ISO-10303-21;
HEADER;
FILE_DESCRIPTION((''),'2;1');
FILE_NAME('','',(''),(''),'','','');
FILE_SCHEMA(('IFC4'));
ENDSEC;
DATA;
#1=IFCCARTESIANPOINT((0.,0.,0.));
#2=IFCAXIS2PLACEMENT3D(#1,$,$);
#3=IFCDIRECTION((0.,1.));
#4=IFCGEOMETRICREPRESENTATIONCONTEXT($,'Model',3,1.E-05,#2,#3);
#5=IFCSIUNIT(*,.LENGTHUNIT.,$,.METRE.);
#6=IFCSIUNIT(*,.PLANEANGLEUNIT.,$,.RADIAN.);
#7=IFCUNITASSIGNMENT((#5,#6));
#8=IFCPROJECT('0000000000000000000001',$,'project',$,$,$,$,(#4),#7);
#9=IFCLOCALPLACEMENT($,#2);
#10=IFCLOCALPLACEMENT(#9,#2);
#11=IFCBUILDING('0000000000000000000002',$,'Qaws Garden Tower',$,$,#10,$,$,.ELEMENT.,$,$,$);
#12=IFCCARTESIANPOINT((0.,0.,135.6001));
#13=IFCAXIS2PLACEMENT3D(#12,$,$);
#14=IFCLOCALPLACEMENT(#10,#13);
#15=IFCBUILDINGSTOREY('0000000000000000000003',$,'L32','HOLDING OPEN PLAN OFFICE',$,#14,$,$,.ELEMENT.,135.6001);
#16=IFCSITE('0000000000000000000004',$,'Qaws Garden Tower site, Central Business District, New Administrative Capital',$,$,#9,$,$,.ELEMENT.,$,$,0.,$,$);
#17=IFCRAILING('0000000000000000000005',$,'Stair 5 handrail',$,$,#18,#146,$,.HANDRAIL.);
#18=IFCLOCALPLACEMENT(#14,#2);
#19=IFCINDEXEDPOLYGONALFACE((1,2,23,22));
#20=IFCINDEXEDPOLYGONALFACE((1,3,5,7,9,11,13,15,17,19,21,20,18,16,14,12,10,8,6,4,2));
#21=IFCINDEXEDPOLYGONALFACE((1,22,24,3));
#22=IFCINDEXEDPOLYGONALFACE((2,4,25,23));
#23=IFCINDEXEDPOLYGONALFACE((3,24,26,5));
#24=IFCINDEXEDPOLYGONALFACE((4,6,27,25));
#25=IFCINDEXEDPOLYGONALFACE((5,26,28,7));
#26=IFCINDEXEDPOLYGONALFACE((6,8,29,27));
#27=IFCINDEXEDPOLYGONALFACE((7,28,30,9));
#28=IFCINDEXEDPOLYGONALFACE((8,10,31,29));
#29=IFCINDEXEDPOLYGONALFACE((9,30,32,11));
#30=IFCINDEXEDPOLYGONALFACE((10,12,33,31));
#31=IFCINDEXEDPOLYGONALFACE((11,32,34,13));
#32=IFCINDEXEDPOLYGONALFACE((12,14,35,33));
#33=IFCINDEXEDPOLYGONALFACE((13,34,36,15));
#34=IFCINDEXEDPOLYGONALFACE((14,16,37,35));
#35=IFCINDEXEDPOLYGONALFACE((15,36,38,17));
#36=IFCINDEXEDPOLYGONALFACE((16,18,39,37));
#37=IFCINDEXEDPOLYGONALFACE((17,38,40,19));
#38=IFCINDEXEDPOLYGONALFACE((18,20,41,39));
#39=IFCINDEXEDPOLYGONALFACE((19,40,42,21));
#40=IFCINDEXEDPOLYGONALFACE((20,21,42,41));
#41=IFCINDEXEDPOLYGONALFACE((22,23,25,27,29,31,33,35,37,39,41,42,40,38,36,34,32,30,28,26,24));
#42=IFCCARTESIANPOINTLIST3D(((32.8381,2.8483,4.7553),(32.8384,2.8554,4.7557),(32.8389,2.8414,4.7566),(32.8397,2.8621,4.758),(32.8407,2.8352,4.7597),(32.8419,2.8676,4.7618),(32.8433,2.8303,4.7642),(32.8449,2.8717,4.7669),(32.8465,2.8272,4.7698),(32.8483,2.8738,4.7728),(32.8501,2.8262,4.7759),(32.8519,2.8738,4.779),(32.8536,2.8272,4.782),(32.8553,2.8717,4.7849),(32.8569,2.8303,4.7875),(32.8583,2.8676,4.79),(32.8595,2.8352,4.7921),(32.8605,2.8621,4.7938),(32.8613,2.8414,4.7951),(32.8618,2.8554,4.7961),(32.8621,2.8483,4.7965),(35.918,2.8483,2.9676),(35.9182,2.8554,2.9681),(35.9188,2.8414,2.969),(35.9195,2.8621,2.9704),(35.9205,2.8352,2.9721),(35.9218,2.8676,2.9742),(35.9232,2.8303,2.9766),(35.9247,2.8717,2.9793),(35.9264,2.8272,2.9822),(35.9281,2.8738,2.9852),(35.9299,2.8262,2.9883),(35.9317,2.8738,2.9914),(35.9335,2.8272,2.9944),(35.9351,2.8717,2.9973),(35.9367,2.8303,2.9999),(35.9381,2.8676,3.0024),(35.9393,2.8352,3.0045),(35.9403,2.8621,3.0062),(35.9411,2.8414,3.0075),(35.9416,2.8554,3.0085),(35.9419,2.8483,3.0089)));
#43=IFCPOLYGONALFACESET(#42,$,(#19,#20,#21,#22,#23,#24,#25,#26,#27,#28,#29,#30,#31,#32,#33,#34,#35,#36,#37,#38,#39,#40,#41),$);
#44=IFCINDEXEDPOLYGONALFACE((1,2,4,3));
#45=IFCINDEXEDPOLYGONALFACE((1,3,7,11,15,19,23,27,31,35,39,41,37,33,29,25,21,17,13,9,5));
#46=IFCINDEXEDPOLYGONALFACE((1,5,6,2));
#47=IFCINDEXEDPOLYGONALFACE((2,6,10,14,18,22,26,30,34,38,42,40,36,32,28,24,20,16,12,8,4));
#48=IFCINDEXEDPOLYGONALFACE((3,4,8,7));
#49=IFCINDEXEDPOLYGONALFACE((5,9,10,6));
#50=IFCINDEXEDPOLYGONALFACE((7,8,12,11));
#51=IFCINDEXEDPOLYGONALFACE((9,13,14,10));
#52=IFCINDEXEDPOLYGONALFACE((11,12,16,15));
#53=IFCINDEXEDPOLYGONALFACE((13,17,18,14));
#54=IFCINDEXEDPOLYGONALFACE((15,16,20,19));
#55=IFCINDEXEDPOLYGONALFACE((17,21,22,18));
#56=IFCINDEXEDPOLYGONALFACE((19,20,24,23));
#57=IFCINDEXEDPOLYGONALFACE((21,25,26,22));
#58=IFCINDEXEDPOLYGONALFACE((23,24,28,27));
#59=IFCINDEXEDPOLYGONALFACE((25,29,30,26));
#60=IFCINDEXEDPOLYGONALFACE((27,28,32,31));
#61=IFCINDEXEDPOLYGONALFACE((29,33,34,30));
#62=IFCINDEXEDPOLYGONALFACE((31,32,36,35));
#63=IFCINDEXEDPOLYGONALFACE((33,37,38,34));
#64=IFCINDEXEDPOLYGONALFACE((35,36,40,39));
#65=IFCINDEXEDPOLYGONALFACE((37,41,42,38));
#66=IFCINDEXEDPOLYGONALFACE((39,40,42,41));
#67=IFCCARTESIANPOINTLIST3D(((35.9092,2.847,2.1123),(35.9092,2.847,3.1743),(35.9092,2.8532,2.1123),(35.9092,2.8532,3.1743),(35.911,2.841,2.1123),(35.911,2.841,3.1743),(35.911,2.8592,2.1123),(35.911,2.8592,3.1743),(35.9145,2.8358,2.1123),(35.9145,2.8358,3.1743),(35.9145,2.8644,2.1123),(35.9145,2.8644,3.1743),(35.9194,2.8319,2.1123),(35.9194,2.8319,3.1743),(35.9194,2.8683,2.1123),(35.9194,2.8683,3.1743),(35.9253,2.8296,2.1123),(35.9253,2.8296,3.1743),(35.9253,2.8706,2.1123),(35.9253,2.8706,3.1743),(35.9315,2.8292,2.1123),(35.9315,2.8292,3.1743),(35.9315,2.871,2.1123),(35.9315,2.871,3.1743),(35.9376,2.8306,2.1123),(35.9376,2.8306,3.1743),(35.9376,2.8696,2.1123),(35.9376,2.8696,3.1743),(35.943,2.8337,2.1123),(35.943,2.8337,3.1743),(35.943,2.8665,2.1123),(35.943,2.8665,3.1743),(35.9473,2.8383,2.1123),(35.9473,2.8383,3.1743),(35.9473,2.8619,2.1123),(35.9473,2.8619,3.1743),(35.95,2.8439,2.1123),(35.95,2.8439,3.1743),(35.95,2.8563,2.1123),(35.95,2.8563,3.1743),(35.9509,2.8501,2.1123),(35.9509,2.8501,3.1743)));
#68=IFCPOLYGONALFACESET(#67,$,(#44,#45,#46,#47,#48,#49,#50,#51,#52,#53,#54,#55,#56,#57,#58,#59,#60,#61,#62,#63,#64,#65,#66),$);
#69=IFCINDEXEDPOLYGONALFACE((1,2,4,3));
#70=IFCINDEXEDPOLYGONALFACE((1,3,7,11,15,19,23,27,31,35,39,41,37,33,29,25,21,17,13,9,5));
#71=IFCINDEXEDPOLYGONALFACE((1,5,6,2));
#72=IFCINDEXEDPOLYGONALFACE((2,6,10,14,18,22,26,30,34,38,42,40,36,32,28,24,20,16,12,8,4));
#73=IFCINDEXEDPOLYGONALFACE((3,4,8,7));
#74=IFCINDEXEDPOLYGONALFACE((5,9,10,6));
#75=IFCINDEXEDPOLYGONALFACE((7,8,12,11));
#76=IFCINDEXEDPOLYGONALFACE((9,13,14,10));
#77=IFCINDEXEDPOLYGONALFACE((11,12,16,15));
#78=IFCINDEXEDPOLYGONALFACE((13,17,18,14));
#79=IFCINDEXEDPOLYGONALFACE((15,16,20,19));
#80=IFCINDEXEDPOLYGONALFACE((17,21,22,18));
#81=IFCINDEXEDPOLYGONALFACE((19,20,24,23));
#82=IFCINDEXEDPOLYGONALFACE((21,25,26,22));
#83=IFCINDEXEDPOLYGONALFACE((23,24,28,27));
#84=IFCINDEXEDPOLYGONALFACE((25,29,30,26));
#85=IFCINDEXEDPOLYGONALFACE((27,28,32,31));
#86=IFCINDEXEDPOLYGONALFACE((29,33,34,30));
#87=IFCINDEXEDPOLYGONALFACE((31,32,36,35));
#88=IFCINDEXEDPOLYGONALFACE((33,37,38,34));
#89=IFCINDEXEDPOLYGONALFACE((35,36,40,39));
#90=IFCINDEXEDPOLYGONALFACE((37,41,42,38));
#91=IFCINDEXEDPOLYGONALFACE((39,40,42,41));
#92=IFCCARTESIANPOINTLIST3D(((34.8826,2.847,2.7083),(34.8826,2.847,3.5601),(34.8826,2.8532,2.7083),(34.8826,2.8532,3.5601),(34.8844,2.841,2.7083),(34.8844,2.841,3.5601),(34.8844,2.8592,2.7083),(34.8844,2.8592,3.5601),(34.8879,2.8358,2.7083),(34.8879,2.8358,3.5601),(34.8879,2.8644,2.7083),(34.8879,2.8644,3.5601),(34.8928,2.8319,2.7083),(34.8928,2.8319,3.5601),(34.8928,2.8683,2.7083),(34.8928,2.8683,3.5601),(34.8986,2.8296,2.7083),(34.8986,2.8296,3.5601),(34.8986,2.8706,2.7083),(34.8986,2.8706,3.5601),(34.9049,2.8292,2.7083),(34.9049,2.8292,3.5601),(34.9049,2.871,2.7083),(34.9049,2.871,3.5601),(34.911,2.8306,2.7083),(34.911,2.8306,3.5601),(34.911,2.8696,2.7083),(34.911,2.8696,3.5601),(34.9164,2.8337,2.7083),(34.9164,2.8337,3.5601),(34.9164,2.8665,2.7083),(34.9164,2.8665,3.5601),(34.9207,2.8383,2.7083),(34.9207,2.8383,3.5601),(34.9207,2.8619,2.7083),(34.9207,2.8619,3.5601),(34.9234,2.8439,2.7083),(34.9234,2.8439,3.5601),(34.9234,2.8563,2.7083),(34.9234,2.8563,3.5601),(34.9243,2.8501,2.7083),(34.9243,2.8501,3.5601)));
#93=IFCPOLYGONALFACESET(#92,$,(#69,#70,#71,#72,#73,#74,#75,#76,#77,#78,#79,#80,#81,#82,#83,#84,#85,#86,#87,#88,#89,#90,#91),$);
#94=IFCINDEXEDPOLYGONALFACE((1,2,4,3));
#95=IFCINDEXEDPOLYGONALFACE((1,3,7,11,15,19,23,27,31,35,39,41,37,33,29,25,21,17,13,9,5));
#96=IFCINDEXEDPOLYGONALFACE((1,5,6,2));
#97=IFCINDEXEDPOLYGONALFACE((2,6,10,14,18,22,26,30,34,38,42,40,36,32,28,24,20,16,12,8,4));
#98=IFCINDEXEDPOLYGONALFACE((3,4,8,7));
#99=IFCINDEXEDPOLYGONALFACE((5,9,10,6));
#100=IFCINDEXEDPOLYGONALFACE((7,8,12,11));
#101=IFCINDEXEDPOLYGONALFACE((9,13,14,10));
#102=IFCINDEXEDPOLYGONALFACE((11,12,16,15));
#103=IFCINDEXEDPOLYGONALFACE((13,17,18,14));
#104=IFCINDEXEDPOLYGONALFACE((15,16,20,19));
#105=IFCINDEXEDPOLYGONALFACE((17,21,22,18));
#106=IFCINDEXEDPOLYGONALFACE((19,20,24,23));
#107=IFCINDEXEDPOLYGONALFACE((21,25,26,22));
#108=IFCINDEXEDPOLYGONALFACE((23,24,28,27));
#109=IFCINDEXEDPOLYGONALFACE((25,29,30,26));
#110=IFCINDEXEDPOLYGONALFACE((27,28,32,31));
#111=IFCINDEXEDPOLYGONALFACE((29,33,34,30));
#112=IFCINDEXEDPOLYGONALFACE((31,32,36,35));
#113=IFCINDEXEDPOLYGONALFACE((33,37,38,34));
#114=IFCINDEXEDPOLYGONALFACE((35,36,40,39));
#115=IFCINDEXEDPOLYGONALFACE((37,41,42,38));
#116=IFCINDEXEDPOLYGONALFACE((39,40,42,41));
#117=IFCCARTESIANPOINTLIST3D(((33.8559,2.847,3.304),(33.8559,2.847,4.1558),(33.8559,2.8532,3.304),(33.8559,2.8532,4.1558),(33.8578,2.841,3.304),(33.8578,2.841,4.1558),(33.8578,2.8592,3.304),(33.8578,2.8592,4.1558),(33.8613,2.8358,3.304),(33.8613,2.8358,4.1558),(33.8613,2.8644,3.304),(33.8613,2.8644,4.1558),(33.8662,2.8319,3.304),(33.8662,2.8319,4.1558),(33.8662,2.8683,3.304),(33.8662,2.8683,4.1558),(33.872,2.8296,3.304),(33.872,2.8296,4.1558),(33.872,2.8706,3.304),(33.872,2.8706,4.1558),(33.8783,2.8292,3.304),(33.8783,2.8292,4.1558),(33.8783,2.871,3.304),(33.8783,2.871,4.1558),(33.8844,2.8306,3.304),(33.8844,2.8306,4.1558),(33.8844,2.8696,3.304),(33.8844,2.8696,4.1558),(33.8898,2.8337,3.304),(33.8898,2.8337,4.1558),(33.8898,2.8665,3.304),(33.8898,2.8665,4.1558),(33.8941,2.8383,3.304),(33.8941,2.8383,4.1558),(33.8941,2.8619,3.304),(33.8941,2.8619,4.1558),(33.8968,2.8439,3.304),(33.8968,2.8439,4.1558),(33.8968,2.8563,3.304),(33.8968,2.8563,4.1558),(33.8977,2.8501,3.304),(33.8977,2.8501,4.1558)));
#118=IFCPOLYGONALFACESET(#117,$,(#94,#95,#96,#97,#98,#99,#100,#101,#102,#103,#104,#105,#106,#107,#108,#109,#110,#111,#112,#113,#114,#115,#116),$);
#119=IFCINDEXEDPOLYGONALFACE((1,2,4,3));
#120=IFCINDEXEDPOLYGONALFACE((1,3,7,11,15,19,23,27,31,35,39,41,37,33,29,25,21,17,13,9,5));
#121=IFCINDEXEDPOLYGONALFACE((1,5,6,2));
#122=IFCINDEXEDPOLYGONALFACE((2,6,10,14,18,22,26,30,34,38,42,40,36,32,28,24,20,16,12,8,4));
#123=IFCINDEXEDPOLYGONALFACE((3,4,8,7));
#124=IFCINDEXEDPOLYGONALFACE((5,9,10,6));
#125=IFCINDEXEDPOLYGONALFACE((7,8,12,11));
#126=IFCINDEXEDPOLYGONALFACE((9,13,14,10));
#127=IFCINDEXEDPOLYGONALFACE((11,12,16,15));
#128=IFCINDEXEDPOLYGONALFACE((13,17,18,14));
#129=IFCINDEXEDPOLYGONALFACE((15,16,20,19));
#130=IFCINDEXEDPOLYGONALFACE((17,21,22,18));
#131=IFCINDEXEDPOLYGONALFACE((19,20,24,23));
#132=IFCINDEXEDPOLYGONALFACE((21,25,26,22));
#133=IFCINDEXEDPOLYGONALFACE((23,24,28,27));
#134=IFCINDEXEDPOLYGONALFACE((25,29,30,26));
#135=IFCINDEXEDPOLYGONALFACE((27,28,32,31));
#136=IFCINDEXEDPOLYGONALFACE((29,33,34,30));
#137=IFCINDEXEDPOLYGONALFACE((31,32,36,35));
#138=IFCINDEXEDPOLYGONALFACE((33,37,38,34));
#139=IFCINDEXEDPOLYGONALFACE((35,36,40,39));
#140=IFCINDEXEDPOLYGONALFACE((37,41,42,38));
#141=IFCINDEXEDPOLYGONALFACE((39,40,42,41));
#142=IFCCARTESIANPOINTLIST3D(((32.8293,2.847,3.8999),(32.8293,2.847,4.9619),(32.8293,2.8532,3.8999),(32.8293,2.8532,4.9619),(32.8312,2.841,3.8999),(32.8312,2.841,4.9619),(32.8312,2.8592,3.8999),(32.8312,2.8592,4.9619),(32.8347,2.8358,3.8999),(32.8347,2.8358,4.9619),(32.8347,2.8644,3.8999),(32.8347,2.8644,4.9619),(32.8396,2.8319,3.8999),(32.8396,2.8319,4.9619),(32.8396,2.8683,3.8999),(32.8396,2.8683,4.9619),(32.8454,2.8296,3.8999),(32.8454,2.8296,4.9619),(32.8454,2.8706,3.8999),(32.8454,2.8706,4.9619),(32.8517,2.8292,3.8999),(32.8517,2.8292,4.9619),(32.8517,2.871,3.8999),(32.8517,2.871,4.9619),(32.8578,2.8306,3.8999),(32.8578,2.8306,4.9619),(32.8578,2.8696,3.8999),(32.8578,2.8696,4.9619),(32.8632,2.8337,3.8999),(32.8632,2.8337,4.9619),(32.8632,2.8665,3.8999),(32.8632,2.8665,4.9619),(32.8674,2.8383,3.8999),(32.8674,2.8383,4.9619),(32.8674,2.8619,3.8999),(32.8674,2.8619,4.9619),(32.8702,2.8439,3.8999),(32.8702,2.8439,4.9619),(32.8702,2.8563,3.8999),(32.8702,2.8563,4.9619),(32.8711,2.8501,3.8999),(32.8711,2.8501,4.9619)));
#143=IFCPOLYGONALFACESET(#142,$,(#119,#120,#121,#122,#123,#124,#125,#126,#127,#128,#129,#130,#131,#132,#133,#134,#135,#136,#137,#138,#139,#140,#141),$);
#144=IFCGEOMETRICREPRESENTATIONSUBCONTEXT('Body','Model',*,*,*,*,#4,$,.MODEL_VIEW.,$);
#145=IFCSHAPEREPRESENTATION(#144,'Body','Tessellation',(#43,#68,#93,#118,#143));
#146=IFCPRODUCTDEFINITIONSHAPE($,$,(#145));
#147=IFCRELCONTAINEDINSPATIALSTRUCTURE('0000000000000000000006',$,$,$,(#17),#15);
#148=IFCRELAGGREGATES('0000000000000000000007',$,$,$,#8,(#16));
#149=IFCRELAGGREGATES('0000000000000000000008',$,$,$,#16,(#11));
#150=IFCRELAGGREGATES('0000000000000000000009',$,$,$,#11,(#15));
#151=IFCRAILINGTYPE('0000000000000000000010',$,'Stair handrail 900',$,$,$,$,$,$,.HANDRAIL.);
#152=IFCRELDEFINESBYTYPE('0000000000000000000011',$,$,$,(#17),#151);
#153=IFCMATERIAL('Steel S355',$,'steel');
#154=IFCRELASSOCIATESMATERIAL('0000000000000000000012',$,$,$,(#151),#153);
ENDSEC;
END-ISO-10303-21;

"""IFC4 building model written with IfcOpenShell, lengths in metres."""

from ifc_helpers import new_model, si_unit, direction, frame, origin, origin_2d, place, context, subcontext, project, spatial, circle, extrude, material, type_object, element, save


model = new_model("IFC4")

# Units and contexts
model_context = context("Model", 3, precision=1e-05, world=origin(), true_north=direction((0.0, 1.0)))
body_context = subcontext(model_context, "Body", "Model", "MODEL_VIEW")
ifc_project = project(units=[si_unit("LENGTHUNIT", "METRE"), si_unit("PLANEANGLEUNIT", "RADIAN")], contexts=[model_context])

# Site, building, storey
site_placement = place(None, origin())
site = spatial("IfcSite", under=ifc_project, at=site_placement, Name="Qaws Garden Tower site, Central Business District, New Administrative Capital", CompositionType="ELEMENT", RefElevation=0.0)
building_placement = place(site_placement, origin())
building = spatial("IfcBuilding", under=site, at=building_placement, Name="Qaws Garden Tower", CompositionType="ELEMENT")
storey_placement = place(building_placement, frame((0.0, 0.0, 135.6001)))
storey = spatial("IfcBuildingStorey", under=building, at=storey_placement, Name="L32", Description="HOLDING OPEN PLAN OFFICE", CompositionType="ELEMENT", Elevation=135.6001)

# Railing
ifc_material_1 = material(Name="Steel S355", Category="steel")
railing_type = type_object("IfcRailingType", Name="Stair handrail 900", PredefinedType="HANDRAIL", material=ifc_material_1)
railing_1_placement = place(storey_placement, frame((35.9299, 2.8501, 2.1123)))
element("IfcRailing", 1, at=railing_1_placement, inside=storey, type_object=railing_type, Name="Stair 5 handrail", PredefinedType="HANDRAIL", context=body_context, shape_type="SweptSolid", body=[
    extrude(circle(Radius=0.0239, at=origin_2d()), frame((0.0, 0.0, 0.876), z_axis=(-0.864873, 0.0, 0.50199), x_axis=(0.0, -1.0, 0.0)), (0.0, 0.0, 1.0), 3.561),
    extrude(circle(Radius=0.021, at=origin_2d()), origin(), (0.0, 0.0, 1.0), 1.062),
    extrude(circle(Radius=0.021, at=origin_2d()), frame((-1.0266, 0.0, 0.5959)), (0.0, 0.0, 1.0), 0.8518),
    extrude(circle(Radius=0.021, at=origin_2d()), frame((-2.0532, 0.0, 1.1917)), (0.0, 0.0, 1.0), 0.8518),
    extrude(circle(Radius=0.021, at=origin_2d()), frame((-3.0798, 0.0, 1.7876)), (0.0, 0.0, 1.0), 1.062),
])

save(model, "model.ifc")
